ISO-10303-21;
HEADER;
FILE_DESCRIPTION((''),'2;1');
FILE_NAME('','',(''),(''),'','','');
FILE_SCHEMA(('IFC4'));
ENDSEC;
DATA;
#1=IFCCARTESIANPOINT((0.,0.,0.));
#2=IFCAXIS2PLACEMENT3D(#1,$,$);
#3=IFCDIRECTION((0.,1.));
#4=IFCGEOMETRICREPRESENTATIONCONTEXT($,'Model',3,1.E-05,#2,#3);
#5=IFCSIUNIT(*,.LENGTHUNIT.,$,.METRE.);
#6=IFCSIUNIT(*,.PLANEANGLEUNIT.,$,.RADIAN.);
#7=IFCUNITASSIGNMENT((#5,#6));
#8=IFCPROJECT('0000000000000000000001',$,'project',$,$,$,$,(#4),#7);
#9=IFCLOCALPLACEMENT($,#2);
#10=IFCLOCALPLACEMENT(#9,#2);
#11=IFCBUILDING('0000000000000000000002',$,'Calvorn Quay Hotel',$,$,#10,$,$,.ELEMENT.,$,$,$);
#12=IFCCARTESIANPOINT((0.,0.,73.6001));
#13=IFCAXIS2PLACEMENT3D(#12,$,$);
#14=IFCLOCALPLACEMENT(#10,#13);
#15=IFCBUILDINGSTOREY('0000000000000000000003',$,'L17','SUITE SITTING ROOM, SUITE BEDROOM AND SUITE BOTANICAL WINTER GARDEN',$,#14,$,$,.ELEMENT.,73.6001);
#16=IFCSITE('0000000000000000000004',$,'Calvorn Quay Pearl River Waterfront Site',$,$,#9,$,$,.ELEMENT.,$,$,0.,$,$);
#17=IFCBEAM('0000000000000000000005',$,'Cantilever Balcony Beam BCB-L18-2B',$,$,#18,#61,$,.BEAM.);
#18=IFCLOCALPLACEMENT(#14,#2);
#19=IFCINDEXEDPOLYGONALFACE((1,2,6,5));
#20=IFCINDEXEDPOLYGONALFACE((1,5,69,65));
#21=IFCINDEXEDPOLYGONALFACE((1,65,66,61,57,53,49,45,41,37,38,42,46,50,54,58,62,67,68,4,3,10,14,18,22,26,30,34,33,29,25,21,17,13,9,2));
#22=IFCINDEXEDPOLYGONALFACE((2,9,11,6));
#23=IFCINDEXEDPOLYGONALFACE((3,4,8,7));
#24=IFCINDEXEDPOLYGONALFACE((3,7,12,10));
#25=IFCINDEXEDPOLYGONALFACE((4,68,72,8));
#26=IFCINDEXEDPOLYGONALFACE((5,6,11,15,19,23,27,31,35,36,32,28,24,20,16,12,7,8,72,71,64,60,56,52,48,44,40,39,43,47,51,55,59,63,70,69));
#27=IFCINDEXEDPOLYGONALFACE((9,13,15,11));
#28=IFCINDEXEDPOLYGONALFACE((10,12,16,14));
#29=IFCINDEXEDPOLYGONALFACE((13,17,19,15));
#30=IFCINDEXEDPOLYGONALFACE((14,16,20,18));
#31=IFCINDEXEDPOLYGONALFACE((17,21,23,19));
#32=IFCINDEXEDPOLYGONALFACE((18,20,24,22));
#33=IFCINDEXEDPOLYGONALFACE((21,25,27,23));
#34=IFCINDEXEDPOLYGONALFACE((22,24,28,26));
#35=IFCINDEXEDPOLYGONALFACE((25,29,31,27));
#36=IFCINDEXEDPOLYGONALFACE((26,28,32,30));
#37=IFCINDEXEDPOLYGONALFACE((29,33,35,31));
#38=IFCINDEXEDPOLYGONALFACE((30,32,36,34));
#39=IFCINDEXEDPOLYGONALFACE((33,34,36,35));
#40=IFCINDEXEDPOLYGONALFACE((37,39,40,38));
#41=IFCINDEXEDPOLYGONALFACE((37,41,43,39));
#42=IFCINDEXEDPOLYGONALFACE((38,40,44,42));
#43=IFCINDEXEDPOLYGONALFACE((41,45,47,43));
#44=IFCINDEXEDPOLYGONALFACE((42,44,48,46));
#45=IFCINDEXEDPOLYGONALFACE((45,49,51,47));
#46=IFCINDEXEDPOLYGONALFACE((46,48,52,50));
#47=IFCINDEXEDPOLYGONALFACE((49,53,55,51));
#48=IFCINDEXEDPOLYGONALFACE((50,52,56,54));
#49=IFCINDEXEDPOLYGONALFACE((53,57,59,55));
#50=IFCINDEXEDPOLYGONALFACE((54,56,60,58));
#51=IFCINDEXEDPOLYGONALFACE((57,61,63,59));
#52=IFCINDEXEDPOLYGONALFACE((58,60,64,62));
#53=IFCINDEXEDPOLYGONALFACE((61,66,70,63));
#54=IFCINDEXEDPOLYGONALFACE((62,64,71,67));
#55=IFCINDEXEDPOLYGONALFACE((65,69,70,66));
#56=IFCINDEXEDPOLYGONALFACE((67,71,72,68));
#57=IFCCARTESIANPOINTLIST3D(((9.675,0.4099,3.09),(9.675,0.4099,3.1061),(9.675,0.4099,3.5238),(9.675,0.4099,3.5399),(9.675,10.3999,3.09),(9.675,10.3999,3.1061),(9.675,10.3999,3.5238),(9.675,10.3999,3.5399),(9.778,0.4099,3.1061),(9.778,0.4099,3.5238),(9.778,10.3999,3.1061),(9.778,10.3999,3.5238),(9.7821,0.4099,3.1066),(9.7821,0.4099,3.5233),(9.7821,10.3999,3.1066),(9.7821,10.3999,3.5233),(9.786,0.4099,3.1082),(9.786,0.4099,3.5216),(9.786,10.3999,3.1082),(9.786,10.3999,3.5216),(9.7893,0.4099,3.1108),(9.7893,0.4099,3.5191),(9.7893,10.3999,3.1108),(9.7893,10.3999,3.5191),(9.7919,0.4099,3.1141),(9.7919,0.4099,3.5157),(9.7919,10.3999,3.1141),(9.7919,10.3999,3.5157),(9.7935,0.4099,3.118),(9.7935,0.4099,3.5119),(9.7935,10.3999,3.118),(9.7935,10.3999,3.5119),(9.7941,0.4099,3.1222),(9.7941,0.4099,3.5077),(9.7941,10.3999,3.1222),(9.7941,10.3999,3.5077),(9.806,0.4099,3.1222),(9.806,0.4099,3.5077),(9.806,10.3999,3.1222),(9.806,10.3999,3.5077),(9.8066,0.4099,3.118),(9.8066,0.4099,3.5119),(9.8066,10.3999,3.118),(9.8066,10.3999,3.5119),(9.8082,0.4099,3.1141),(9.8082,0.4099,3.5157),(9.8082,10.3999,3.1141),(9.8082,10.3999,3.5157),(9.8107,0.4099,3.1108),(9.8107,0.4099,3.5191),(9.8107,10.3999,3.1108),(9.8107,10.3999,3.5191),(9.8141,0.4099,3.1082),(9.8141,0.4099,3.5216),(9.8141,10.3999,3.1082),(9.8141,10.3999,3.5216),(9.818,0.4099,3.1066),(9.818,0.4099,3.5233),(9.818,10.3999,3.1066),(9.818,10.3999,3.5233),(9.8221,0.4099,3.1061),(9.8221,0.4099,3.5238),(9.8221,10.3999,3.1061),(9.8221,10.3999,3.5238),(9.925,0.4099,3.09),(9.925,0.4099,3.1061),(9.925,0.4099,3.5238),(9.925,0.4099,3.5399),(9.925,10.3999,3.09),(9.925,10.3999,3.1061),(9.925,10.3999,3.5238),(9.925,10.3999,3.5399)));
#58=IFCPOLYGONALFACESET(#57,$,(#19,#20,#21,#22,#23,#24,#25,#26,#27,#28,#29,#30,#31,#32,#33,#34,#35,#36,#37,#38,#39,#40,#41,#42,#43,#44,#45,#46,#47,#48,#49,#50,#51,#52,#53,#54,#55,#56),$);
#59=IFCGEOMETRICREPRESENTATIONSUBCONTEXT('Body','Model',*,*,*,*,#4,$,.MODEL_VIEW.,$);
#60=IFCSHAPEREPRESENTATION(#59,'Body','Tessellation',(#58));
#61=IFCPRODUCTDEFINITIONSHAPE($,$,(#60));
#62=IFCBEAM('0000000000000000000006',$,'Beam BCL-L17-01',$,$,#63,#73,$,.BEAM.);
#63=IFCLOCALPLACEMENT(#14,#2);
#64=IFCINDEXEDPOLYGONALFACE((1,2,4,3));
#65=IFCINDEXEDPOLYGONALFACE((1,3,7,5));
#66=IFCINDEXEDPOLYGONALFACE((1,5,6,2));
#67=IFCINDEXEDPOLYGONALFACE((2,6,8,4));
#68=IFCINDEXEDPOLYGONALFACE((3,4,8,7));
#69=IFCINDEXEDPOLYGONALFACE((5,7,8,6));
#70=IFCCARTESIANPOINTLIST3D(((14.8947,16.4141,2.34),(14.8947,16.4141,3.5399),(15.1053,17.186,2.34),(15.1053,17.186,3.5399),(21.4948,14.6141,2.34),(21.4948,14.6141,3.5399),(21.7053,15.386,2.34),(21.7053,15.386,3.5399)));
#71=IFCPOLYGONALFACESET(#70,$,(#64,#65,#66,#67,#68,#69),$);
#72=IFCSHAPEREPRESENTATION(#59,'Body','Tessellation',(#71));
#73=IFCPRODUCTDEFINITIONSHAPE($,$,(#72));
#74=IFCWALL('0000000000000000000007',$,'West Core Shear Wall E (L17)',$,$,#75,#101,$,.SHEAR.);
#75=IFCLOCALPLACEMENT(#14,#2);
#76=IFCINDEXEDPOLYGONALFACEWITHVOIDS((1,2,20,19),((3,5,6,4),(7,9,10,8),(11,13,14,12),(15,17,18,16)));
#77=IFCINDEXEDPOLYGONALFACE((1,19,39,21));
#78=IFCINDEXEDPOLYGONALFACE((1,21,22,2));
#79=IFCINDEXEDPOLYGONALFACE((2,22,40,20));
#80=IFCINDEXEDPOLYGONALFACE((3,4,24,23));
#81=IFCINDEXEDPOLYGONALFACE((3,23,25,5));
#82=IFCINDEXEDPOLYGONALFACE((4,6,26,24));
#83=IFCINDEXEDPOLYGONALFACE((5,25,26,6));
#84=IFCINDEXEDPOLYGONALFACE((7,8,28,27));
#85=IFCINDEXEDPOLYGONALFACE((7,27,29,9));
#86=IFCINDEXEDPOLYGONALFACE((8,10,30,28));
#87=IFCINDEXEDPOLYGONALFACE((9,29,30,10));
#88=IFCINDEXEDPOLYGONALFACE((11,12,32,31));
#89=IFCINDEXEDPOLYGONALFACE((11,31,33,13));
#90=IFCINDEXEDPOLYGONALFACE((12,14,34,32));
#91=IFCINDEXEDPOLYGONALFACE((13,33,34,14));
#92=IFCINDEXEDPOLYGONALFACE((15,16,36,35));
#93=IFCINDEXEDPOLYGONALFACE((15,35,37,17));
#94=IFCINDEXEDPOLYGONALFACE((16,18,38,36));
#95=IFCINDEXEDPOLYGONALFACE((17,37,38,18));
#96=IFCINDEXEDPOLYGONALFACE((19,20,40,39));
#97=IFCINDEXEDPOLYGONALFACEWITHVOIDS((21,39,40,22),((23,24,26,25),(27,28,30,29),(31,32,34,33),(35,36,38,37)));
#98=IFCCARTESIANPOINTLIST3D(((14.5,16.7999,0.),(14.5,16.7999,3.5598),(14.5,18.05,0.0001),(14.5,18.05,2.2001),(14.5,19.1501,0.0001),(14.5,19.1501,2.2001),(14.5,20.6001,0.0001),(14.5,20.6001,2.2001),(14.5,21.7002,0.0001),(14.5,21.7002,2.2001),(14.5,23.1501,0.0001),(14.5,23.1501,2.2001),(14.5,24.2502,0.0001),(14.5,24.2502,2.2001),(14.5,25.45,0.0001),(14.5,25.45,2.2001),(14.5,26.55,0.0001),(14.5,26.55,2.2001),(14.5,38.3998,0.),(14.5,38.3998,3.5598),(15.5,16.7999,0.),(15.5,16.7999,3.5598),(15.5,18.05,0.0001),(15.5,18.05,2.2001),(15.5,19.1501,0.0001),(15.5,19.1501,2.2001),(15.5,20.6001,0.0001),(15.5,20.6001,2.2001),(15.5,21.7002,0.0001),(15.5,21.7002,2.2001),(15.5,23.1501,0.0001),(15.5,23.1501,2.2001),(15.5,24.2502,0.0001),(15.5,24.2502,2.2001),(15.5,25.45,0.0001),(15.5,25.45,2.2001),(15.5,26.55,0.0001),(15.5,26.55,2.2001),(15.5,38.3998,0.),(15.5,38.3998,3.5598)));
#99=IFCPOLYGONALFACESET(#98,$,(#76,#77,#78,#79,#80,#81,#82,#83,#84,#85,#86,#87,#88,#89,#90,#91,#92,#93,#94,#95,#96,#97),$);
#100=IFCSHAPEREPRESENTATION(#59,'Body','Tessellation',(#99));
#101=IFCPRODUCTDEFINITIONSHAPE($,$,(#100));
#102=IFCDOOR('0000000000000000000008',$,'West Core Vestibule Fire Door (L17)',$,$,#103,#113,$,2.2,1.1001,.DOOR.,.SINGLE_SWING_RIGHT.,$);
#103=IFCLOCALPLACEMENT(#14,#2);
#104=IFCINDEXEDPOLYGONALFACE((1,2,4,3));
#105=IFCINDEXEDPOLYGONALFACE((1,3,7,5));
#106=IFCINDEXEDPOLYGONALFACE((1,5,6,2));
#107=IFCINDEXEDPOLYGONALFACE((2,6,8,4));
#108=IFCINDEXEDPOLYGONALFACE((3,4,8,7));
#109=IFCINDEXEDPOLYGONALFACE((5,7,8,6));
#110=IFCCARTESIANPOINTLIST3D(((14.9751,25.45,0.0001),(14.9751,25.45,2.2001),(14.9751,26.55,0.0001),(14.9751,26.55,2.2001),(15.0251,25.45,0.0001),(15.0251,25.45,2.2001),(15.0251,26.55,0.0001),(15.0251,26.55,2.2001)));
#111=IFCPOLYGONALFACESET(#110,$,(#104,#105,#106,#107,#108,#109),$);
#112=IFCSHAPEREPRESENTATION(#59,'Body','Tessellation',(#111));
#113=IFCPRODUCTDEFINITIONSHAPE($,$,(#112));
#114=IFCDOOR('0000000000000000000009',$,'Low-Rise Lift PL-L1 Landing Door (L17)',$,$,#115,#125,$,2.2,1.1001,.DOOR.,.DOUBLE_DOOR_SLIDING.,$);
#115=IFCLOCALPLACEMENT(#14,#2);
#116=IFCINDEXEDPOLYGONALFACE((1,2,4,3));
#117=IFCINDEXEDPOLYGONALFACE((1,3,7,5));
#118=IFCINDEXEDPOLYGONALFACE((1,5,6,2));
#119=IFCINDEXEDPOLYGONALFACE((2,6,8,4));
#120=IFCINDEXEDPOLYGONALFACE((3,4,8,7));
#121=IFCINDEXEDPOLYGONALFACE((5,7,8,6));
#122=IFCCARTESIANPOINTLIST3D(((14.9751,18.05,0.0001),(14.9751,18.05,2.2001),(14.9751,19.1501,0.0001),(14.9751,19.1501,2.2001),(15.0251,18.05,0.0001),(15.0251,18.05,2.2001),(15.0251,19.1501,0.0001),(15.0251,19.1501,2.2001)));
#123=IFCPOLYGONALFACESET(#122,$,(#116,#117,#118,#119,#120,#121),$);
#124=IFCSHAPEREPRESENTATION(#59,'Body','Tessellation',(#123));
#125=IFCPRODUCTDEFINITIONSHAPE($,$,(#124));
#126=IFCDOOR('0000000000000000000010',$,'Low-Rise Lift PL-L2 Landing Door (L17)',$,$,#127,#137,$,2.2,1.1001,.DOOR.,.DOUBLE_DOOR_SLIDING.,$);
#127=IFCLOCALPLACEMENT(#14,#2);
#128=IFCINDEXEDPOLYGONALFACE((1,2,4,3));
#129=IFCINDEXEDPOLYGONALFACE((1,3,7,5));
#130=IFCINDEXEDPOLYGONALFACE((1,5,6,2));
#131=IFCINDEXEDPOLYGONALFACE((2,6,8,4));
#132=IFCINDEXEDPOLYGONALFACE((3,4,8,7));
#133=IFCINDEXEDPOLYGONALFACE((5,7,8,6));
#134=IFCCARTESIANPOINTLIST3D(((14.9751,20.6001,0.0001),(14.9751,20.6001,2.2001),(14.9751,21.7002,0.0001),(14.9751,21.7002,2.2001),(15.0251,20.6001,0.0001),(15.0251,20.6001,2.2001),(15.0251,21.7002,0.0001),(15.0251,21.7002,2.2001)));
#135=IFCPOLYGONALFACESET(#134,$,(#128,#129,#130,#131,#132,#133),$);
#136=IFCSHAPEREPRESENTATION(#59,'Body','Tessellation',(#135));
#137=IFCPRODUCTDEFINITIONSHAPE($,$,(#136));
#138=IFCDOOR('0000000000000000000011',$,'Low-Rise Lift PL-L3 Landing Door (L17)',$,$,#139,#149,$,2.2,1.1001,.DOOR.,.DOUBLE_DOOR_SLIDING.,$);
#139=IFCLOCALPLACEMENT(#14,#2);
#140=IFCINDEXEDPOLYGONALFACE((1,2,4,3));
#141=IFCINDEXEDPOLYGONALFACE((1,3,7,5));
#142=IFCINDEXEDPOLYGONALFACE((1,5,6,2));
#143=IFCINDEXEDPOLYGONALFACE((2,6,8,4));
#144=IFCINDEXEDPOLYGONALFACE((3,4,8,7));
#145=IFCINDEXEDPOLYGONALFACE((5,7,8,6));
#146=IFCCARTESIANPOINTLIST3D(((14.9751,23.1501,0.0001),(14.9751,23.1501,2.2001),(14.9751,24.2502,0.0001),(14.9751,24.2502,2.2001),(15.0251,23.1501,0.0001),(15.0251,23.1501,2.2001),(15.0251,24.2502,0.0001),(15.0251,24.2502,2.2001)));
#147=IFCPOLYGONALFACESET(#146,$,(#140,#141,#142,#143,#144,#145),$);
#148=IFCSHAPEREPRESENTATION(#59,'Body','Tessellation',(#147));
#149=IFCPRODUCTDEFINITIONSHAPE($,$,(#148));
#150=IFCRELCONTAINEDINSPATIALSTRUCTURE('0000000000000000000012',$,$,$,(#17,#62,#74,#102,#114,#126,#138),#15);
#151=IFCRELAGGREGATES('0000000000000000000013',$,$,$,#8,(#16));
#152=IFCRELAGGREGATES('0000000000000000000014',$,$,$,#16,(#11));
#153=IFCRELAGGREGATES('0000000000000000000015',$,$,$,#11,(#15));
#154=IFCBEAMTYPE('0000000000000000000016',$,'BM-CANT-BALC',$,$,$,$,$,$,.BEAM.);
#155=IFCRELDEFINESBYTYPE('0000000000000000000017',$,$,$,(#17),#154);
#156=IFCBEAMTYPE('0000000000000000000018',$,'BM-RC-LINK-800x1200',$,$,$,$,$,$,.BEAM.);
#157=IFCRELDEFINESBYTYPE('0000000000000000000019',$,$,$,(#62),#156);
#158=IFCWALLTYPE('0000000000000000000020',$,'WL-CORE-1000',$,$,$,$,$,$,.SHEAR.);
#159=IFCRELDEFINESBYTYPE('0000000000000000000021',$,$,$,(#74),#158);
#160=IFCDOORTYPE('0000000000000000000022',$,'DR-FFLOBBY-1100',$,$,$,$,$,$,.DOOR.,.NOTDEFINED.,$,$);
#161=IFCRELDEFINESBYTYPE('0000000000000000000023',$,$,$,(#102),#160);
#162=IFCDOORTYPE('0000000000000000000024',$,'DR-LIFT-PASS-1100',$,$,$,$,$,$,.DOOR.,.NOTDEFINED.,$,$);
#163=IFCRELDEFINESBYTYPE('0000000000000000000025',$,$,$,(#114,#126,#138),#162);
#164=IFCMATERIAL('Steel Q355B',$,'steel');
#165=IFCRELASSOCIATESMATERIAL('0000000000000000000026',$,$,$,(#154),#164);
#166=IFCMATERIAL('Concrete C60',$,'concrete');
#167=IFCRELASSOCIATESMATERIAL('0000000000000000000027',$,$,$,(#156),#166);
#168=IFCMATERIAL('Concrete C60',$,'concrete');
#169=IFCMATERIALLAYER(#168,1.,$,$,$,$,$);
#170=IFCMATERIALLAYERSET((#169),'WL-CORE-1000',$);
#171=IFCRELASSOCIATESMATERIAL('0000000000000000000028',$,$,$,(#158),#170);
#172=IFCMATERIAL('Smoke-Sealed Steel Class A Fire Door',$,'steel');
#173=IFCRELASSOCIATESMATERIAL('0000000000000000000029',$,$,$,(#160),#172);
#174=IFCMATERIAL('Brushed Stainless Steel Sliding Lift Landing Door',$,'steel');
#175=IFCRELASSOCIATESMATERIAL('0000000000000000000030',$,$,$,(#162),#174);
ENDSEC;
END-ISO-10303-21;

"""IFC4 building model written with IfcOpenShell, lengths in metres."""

from ifc_helpers import new_model, si_unit, direction, frame, frame_2d, origin, origin_2d, place, context, subcontext, project, spatial, rectangle, i_section, extrude, material, layer, layer_set, material_profile, profile_set, type_object, element, fill, save


model = new_model("IFC4")

# Units and contexts
model_context = context("Model", 3, precision=1e-05, world=origin(), true_north=direction((0.0, 1.0)))
body_context = subcontext(model_context, "Body", "Model", "MODEL_VIEW")
ifc_project = project(units=[si_unit("LENGTHUNIT", "METRE"), si_unit("PLANEANGLEUNIT", "RADIAN")], contexts=[model_context])

# Site, building, storey
site_placement = place(None, origin())
site = spatial("IfcSite", under=ifc_project, at=site_placement, Name="Calvorn Quay Pearl River Waterfront Site", CompositionType="ELEMENT", RefElevation=0.0)
building_placement = place(site_placement, origin())
building = spatial("IfcBuilding", under=site, at=building_placement, Name="Calvorn Quay Hotel", CompositionType="ELEMENT")
storey_placement = place(building_placement, frame((0.0, 0.0, 73.6001)))
storey = spatial("IfcBuildingStorey", under=building, at=storey_placement, Name="L17", Description="SUITE SITTING ROOM, SUITE BEDROOM AND SUITE BOTANICAL WINTER GARDEN", CompositionType="ELEMENT", Elevation=73.6001)

# Beams
ifc_material_1 = material(Name="Steel Q355B", Category="steel")
ifc_material_profile_1 = material_profile(ifc_material_1, i_section(OverallWidth=0.25, OverallDepth=0.45, WebThickness=0.012, FlangeThickness=0.0161, FilletRadius=0.0161, at=origin_2d()), Name="HN450x250x12x16")
ifc_profile_set_1 = profile_set([ifc_material_profile_1], Name="Steel Q355B")
beam_type_1 = type_object("IfcBeamType", Name="BM-CANT-BALC", PredefinedType="BEAM", material=ifc_profile_set_1)
beam_1_placement = place(storey_placement, frame((9.8, 10.3999, 3.3149), z_axis=(0.0, -1.0, 0.0), x_axis=(1.0, 0.0, 0.0)))
element("IfcBeam", 1, at=beam_1_placement, inside=storey, type_object=beam_type_1, Name="Cantilever Balcony Beam BCB-L18-2B", PredefinedType="BEAM", context=body_context, shape_type="SweptSolid", body=[
    extrude(i_section(OverallWidth=0.25, OverallDepth=0.45, WebThickness=0.012, FlangeThickness=0.0161, FilletRadius=0.0161, at=origin_2d()), origin(), (0.0, 0.0, 1.0), 9.99),
])
ifc_material_2 = material(Name="Concrete C60", Category="concrete")
ifc_material_profile_2 = material_profile(ifc_material_2, rectangle(XDim=0.8, YDim=1.2, at=origin_2d()), Name="RCB800x1200")
ifc_profile_set_2 = profile_set([ifc_material_profile_2], Name="Concrete C60")
beam_type_2 = type_object("IfcBeamType", Name="BM-RC-LINK-800x1200", PredefinedType="BEAM", material=ifc_profile_set_2)
beam_2_placement = place(storey_placement, frame((15.0, 16.8, 2.9399), z_axis=(0.964763, -0.26312, 0.0), x_axis=(0.26312, 0.964763, 0.0)))
element("IfcBeam", 2, at=beam_2_placement, inside=storey, type_object=beam_type_2, Name="Beam BCL-L17-01", PredefinedType="BEAM", context=body_context, shape_type="SweptSolid", body=[
    extrude(rectangle(XDim=0.8, YDim=1.2, at=origin_2d()), origin(), (0.0, 0.0, 1.0), 6.8411),
])

# Wall, openings, doors
ifc_material_3 = material(Name="Concrete C60", Category="concrete")
ifc_layer_1 = layer(ifc_material_3, 1.0)
ifc_layer_set_1 = layer_set([ifc_layer_1], Name="WL-CORE-1000")
wall_type_1 = type_object("IfcWallType", Name="WL-CORE-1000", PredefinedType="SHEAR", material=ifc_layer_set_1)
wall_1_placement = place(storey_placement, frame((15.0, 16.8, 0.0), z_axis=(0.0, 0.0, 1.0), x_axis=(0.0, 1.0, 0.0)))
wall_1 = element("IfcWall", 3, at=wall_1_placement, inside=storey, type_object=wall_type_1, Name="West Core Shear Wall E (L17)", PredefinedType="SHEAR", context=body_context, shape_type="SweptSolid", body=[
    extrude(rectangle(XDim=21.5999, YDim=1.0, at=frame_2d((10.7998, 0.0))), origin(), (0.0, 0.0, 1.0), 3.5598),
])
opening_1_placement = place(wall_1_placement, frame((8.6499, 0.0, 0.0)))
opening_1 = element("IfcOpeningElement", 4, at=opening_1_placement, cuts=wall_1, PredefinedType="OPENING", context=body_context, shape_type="SweptSolid", body=[
    extrude(rectangle(XDim=1.1001, YDim=2.2, at=frame_2d((0.55, 1.1001))), frame((0.0, 0.51, 0.0), z_axis=(0.0, -1.0, 0.0), x_axis=(1.0, 0.0, 0.0)), (0.0, 0.0, 1.0), 1.02),
])
opening_2_placement = place(wall_1_placement, frame((1.25, 0.0, 0.0)))
opening_2 = element("IfcOpeningElement", 5, at=opening_2_placement, cuts=wall_1, PredefinedType="OPENING", context=body_context, shape_type="SweptSolid", body=[
    extrude(rectangle(XDim=1.1001, YDim=2.2, at=frame_2d((0.55, 1.1001))), frame((0.0, 0.51, 0.0), z_axis=(0.0, -1.0, 0.0), x_axis=(1.0, 0.0, 0.0)), (0.0, 0.0, 1.0), 1.02),
])
opening_3_placement = place(wall_1_placement, frame((3.8, 0.0, 0.0)))
opening_3 = element("IfcOpeningElement", 6, at=opening_3_placement, cuts=wall_1, PredefinedType="OPENING", context=body_context, shape_type="SweptSolid", body=[
    extrude(rectangle(XDim=1.1001, YDim=2.2, at=frame_2d((0.55, 1.1001))), frame((0.0, 0.51, 0.0), z_axis=(0.0, -1.0, 0.0), x_axis=(1.0, 0.0, 0.0)), (0.0, 0.0, 1.0), 1.02),
])
opening_4_placement = place(wall_1_placement, frame((6.3501, 0.0, 0.0)))
opening_4 = element("IfcOpeningElement", 7, at=opening_4_placement, cuts=wall_1, PredefinedType="OPENING", context=body_context, shape_type="SweptSolid", body=[
    extrude(rectangle(XDim=1.1001, YDim=2.2, at=frame_2d((0.55, 1.1001))), frame((0.0, 0.51, 0.0), z_axis=(0.0, -1.0, 0.0), x_axis=(1.0, 0.0, 0.0)), (0.0, 0.0, 1.0), 1.02),
])
ifc_material_4 = material(Name="Smoke-Sealed Steel Class A Fire Door", Category="steel")
door_type_1 = type_object("IfcDoorType", Name="DR-FFLOBBY-1100", OperationType="NOTDEFINED", PredefinedType="DOOR", material=ifc_material_4)
door_1_placement = place(opening_1_placement, origin())
door_1 = element("IfcDoor", 8, at=door_1_placement, inside=storey, type_object=door_type_1, Name="West Core Vestibule Fire Door (L17)", OperationType="SINGLE_SWING_RIGHT", OverallHeight=2.2, OverallWidth=1.1001, PredefinedType="DOOR", context=body_context, shape_type="SweptSolid", body=[
    extrude(rectangle(XDim=1.1001, YDim=2.2, at=frame_2d((0.55, 1.1001))), frame((0.0, 0.0249, 0.0), z_axis=(0.0, -1.0, 0.0), x_axis=(1.0, 0.0, 0.0)), (0.0, 0.0, 1.0), 0.05),
])
fill(opening_1, door_1)
ifc_material_5 = material(Name="Brushed Stainless Steel Sliding Lift Landing Door", Category="steel")
door_type_2 = type_object("IfcDoorType", Name="DR-LIFT-PASS-1100", OperationType="NOTDEFINED", PredefinedType="DOOR", material=ifc_material_5)
door_2_placement = place(opening_2_placement, origin())
door_2 = element("IfcDoor", 9, at=door_2_placement, inside=storey, type_object=door_type_2, Name="Low-Rise Lift PL-L1 Landing Door (L17)", OperationType="DOUBLE_DOOR_SLIDING", OverallHeight=2.2, OverallWidth=1.1001, PredefinedType="DOOR", context=body_context, shape_type="SweptSolid", body=[
    extrude(rectangle(XDim=1.1001, YDim=2.2, at=frame_2d((0.55, 1.1001))), frame((0.0, 0.0249, 0.0), z_axis=(0.0, -1.0, 0.0), x_axis=(1.0, 0.0, 0.0)), (0.0, 0.0, 1.0), 0.05),
])
fill(opening_2, door_2)
door_3_placement = place(opening_3_placement, origin())
door_3 = element("IfcDoor", 10, at=door_3_placement, inside=storey, type_object=door_type_2, Name="Low-Rise Lift PL-L2 Landing Door (L17)", OperationType="DOUBLE_DOOR_SLIDING", OverallHeight=2.2, OverallWidth=1.1001, PredefinedType="DOOR", context=body_context, shape_type="SweptSolid", body=[
    extrude(rectangle(XDim=1.1001, YDim=2.2, at=frame_2d((0.55, 1.1001))), frame((0.0, 0.0249, 0.0), z_axis=(0.0, -1.0, 0.0), x_axis=(1.0, 0.0, 0.0)), (0.0, 0.0, 1.0), 0.05),
])
fill(opening_3, door_3)
door_4_placement = place(opening_4_placement, origin())
door_4 = element("IfcDoor", 11, at=door_4_placement, inside=storey, type_object=door_type_2, Name="Low-Rise Lift PL-L3 Landing Door (L17)", OperationType="DOUBLE_DOOR_SLIDING", OverallHeight=2.2, OverallWidth=1.1001, PredefinedType="DOOR", context=body_context, shape_type="SweptSolid", body=[
    extrude(rectangle(XDim=1.1001, YDim=2.2, at=frame_2d((0.55, 1.1001))), frame((0.0, 0.0249, 0.0), z_axis=(0.0, -1.0, 0.0), x_axis=(1.0, 0.0, 0.0)), (0.0, 0.0, 1.0), 0.05),
])
fill(opening_4, door_4)

save(model, "model.ifc")
